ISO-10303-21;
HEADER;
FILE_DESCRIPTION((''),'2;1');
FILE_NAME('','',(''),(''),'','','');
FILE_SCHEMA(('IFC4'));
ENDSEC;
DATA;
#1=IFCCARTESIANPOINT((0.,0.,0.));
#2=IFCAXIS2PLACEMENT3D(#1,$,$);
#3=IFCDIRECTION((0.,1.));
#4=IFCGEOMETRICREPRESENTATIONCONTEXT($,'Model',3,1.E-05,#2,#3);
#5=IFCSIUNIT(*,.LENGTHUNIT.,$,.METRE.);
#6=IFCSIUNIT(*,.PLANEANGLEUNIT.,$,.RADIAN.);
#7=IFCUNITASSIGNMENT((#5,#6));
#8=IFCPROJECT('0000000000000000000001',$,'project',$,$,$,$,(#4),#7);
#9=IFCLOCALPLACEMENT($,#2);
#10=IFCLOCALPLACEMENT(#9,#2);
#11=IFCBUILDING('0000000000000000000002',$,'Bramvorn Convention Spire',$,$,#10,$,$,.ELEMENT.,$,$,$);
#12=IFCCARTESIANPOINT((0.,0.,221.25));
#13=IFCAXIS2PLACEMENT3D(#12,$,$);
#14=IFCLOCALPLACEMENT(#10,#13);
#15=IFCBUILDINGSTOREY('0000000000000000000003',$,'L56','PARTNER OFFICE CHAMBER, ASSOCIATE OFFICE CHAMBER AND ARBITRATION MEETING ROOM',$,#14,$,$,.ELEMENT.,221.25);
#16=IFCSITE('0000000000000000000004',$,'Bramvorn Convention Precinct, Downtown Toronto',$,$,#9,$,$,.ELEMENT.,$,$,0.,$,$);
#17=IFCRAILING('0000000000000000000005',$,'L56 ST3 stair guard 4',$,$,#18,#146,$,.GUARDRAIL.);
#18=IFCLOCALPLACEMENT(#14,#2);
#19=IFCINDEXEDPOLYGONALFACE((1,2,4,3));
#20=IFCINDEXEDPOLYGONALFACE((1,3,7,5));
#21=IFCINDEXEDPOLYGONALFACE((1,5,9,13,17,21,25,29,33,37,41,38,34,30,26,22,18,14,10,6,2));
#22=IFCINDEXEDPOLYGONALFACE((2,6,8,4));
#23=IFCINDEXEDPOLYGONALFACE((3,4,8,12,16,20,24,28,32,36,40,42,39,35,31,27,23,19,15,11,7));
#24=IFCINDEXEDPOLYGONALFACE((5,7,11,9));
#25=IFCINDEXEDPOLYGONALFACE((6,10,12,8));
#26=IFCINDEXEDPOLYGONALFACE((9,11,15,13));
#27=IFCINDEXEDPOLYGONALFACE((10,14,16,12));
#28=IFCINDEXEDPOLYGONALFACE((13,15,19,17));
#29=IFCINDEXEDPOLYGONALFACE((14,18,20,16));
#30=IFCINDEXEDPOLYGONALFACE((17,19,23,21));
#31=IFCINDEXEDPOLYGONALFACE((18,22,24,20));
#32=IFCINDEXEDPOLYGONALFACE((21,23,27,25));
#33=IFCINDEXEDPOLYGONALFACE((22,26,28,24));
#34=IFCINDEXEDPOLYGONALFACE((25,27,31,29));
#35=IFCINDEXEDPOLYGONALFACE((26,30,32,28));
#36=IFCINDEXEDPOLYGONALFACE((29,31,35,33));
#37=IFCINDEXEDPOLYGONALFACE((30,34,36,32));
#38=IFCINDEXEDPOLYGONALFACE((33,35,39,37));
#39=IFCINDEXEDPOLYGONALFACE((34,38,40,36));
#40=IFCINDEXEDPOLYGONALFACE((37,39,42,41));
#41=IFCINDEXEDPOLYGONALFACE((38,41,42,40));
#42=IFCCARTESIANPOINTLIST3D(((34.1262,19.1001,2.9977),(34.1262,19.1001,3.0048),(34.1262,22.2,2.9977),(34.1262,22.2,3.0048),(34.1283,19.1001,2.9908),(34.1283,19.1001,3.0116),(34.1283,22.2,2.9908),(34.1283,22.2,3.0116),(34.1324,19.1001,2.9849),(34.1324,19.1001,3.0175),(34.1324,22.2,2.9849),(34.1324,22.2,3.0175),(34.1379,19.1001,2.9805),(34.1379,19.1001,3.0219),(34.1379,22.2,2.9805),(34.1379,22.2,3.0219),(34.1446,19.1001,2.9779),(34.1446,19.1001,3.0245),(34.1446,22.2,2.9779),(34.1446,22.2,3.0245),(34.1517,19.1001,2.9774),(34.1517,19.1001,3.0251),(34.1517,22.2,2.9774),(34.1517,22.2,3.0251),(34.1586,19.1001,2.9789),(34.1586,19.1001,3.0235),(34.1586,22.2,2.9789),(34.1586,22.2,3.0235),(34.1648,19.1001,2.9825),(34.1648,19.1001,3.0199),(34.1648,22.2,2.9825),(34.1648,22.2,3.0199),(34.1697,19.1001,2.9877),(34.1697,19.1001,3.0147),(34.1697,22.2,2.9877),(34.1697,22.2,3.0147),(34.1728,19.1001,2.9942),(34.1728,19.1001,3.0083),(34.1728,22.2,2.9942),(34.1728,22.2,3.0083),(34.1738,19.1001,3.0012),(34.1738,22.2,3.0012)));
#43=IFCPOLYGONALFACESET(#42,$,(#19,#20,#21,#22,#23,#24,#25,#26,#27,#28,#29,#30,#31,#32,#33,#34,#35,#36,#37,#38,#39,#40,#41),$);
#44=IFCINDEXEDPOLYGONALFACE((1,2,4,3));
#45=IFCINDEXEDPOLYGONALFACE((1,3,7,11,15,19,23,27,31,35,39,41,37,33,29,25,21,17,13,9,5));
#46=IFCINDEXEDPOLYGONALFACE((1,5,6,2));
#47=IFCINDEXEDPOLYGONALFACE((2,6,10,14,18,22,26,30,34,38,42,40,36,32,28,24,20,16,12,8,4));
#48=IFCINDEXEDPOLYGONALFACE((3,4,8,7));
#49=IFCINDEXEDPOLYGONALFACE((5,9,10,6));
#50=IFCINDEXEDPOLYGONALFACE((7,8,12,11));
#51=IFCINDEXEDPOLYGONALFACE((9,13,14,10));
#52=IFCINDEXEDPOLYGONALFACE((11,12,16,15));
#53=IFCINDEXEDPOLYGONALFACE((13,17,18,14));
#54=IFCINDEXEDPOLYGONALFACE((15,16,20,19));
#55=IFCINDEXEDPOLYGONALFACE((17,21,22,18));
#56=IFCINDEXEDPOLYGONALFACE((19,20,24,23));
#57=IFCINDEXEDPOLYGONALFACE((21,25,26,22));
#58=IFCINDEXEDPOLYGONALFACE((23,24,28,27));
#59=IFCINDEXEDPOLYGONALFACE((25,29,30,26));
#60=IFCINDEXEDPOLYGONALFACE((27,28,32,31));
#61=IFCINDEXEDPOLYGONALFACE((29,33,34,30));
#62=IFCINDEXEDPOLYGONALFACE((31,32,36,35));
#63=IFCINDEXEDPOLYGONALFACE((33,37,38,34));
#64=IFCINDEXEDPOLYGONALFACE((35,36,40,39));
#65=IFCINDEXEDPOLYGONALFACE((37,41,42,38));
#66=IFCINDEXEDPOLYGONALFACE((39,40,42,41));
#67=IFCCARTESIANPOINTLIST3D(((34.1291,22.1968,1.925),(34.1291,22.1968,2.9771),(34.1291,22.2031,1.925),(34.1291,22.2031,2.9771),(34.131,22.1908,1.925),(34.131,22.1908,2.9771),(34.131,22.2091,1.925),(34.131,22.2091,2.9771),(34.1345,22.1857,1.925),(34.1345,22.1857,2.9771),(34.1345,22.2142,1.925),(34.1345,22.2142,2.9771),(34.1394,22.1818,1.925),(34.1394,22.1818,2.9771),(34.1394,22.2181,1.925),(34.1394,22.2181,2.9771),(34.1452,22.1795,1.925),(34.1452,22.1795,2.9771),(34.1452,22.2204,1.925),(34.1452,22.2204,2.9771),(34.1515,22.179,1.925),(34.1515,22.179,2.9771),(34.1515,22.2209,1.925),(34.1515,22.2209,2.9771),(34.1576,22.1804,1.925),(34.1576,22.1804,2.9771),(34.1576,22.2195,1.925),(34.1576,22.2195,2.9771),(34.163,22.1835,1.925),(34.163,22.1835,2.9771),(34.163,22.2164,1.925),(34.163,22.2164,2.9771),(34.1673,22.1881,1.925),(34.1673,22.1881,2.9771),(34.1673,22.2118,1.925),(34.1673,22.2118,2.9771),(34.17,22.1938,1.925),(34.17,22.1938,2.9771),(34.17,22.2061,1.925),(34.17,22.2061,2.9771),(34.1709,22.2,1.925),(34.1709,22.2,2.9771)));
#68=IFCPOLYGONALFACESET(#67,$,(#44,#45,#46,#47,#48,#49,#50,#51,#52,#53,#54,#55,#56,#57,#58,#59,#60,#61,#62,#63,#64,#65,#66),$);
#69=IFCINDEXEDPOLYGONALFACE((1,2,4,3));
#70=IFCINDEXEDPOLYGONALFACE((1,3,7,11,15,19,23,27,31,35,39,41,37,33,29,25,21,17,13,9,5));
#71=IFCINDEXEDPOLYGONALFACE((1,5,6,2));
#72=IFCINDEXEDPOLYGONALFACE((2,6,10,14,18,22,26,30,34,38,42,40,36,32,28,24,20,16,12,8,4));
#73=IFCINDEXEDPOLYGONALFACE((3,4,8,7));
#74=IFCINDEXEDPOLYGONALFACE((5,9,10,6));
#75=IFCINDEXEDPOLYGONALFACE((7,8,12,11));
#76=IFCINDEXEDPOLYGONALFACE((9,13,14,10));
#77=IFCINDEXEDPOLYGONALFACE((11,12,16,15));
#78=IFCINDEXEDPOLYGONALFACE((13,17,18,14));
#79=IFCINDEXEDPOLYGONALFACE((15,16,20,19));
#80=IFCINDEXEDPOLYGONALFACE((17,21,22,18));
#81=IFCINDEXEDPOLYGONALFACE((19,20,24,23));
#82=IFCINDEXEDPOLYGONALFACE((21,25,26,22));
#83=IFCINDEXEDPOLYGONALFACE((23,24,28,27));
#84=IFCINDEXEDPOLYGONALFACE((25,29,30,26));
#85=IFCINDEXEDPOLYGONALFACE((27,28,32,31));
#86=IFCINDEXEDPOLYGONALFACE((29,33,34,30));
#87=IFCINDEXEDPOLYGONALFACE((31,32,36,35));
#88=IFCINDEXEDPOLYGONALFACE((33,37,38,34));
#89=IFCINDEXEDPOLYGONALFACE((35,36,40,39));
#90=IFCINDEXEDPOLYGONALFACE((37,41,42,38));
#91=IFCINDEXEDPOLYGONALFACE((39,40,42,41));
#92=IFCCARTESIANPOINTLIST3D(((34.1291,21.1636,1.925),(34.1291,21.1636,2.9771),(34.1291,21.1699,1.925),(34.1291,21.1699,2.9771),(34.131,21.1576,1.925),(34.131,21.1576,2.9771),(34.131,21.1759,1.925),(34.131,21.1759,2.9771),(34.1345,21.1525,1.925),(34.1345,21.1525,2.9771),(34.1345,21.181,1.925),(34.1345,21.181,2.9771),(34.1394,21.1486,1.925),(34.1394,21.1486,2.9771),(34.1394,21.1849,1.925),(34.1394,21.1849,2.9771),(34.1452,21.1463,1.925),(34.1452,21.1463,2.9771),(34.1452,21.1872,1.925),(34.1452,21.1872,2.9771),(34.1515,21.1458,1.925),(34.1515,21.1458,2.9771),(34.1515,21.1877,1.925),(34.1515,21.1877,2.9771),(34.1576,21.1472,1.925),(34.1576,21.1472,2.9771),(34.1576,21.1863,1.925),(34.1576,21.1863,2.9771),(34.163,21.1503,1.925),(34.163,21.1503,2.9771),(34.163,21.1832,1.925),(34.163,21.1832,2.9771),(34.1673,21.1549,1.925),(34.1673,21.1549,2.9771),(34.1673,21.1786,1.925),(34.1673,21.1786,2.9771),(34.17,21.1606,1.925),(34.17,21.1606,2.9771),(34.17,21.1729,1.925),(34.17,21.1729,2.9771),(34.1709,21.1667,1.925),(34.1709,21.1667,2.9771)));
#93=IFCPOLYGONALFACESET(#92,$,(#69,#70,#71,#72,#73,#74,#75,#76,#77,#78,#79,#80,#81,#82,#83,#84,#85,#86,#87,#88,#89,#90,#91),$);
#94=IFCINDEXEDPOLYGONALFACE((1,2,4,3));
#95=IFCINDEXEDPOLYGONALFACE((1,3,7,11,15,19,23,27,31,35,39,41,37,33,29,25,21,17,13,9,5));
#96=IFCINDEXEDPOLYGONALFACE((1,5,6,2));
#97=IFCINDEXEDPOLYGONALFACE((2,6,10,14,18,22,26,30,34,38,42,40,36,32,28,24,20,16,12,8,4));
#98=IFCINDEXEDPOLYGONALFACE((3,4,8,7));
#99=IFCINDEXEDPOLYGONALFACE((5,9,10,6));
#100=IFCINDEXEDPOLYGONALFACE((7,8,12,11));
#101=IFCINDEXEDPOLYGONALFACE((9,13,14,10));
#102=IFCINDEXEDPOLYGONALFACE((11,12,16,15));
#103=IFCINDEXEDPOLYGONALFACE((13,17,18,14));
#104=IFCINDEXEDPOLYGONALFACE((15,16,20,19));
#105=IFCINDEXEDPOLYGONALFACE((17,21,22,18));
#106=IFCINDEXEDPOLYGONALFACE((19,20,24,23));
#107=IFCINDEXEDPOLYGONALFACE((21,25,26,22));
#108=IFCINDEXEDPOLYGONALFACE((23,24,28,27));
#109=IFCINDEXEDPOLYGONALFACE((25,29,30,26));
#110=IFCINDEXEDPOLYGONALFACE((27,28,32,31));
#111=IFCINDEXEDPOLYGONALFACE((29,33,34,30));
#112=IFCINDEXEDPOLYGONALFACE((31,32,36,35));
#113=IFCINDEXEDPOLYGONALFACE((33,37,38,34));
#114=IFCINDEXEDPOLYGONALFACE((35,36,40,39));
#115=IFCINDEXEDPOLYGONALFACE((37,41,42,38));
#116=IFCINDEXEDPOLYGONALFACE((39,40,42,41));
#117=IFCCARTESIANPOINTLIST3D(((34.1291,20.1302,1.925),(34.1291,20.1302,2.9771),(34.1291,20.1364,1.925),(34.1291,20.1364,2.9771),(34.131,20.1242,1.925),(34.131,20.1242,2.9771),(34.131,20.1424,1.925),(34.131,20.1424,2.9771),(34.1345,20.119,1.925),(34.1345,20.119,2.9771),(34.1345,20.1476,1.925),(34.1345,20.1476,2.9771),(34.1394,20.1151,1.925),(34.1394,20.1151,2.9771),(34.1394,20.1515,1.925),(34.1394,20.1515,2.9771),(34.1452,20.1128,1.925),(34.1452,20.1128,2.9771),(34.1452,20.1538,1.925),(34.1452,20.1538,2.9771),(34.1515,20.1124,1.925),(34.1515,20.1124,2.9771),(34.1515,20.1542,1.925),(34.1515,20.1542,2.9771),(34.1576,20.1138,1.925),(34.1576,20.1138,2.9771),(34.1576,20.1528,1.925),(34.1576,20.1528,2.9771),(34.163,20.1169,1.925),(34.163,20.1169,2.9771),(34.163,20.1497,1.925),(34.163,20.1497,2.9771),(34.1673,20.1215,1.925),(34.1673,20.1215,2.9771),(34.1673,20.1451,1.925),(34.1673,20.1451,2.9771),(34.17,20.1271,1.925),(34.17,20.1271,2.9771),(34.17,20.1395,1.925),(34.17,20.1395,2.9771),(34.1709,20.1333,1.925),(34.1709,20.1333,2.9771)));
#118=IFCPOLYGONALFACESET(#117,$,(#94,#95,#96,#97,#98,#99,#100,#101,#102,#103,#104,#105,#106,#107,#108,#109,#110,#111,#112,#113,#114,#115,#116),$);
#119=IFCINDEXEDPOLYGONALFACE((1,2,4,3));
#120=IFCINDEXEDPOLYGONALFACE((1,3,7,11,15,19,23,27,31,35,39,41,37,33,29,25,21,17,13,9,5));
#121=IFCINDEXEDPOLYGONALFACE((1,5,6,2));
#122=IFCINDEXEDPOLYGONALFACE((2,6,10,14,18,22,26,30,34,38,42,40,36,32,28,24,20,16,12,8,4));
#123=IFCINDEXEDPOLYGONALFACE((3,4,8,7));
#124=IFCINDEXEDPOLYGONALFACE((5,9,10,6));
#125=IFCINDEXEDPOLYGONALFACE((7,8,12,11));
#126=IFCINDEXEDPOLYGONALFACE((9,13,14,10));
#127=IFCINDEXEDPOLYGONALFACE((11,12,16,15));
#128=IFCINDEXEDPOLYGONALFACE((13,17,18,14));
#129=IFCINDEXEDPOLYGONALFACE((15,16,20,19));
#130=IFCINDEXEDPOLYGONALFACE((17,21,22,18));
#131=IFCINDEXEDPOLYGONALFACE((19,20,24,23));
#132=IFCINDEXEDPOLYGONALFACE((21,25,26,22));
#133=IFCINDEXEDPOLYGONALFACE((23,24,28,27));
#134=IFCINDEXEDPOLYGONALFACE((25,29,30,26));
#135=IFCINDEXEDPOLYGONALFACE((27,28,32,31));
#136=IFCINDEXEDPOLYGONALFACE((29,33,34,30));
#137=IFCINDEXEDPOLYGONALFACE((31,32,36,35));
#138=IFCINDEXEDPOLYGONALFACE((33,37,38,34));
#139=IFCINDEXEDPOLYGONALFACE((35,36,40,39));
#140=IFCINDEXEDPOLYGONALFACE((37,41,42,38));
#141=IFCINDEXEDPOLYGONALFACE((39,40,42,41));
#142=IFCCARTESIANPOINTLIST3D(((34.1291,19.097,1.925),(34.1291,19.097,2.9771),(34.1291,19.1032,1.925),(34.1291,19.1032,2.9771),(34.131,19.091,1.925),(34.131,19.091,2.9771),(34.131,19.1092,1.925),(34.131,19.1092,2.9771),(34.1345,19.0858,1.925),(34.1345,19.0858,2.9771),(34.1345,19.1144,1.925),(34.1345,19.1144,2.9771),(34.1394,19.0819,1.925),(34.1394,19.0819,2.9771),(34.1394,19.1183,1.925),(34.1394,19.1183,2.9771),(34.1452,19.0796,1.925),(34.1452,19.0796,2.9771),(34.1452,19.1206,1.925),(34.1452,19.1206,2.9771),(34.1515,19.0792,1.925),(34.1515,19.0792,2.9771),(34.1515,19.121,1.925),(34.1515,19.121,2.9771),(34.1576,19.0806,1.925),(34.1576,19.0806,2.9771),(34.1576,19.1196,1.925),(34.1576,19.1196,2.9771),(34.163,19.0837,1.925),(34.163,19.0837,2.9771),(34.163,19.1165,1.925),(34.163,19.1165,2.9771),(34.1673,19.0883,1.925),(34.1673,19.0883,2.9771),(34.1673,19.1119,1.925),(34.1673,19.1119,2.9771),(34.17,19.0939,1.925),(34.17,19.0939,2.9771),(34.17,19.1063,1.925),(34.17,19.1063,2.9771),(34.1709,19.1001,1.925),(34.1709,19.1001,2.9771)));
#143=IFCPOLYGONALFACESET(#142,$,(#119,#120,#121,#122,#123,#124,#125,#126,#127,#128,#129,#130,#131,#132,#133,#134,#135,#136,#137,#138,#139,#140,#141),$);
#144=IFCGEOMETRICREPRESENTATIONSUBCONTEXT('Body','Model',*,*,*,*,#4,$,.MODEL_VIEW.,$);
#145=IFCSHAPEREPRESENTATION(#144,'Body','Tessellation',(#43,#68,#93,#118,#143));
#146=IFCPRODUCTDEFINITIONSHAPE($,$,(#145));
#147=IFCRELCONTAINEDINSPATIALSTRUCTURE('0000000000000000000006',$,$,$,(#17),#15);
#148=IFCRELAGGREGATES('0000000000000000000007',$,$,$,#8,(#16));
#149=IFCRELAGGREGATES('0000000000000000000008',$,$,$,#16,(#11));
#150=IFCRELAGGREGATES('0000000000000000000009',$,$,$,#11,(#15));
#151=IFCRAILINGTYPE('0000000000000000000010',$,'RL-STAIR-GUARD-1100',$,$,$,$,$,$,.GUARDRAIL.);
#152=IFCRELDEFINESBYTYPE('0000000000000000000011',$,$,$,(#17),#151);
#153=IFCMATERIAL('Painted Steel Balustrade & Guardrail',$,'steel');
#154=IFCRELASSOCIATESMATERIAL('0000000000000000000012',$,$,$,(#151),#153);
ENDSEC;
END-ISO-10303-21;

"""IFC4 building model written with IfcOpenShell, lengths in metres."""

from ifc_helpers import new_model, si_unit, direction, frame, origin, origin_2d, place, context, subcontext, project, spatial, circle, extrude, material, type_object, element, save


model = new_model("IFC4")

# Units and contexts
model_context = context("Model", 3, precision=1e-05, world=origin(), true_north=direction((0.0, 1.0)))
body_context = subcontext(model_context, "Body", "Model", "MODEL_VIEW")
ifc_project = project(units=[si_unit("LENGTHUNIT", "METRE"), si_unit("PLANEANGLEUNIT", "RADIAN")], contexts=[model_context])

# Site, building, storey
site_placement = place(None, origin())
site = spatial("IfcSite", under=ifc_project, at=site_placement, Name="Bramvorn Convention Precinct, Downtown Toronto", CompositionType="ELEMENT", RefElevation=0.0)
building_placement = place(site_placement, origin())
building = spatial("IfcBuilding", under=site, at=building_placement, Name="Bramvorn Convention Spire", CompositionType="ELEMENT")
storey_placement = place(building_placement, frame((0.0, 0.0, 221.25)))
storey = spatial("IfcBuildingStorey", under=building, at=storey_placement, Name="L56", Description="PARTNER OFFICE CHAMBER, ASSOCIATE OFFICE CHAMBER AND ARBITRATION MEETING ROOM", CompositionType="ELEMENT", Elevation=221.25)

# Railing
ifc_material_1 = material(Name="Painted Steel Balustrade & Guardrail", Category="steel")
railing_type_1 = type_object("IfcRailingType", Name="RL-STAIR-GUARD-1100", PredefinedType="GUARDRAIL", material=ifc_material_1)
for number, where, name in (
    (1, (34.1499, 22.2, 1.925), "L56 ST3 stair guard 4"),
):
    element("IfcRailing", number, at=place(storey_placement, frame(where)), inside=storey, type_object=railing_type_1, Name=name, PredefinedType="GUARDRAIL", context=body_context, shape_type="SweptSolid", body=[
        extrude(circle(Radius=0.0239, at=origin_2d()), frame((0.0, 0.0, 1.0762), z_axis=(0.0, -1.0, 0.0), x_axis=(1.0, 0.0, 0.0)), (0.0, 0.0, 1.0), 3.0999),
        extrude(circle(Radius=0.021, at=origin_2d()), origin(), (0.0, 0.0, 1.0), 1.052),
        extrude(circle(Radius=0.021, at=origin_2d()), frame((0.0, -1.0332, 0.0)), (0.0, 0.0, 1.0), 1.052),
        extrude(circle(Radius=0.021, at=origin_2d()), frame((0.0, -2.0667, 0.0)), (0.0, 0.0, 1.0), 1.052),
        extrude(circle(Radius=0.021, at=origin_2d()), frame((0.0, -3.0999, 0.0)), (0.0, 0.0, 1.0), 1.052),
    ])

save(model, "model.ifc")
